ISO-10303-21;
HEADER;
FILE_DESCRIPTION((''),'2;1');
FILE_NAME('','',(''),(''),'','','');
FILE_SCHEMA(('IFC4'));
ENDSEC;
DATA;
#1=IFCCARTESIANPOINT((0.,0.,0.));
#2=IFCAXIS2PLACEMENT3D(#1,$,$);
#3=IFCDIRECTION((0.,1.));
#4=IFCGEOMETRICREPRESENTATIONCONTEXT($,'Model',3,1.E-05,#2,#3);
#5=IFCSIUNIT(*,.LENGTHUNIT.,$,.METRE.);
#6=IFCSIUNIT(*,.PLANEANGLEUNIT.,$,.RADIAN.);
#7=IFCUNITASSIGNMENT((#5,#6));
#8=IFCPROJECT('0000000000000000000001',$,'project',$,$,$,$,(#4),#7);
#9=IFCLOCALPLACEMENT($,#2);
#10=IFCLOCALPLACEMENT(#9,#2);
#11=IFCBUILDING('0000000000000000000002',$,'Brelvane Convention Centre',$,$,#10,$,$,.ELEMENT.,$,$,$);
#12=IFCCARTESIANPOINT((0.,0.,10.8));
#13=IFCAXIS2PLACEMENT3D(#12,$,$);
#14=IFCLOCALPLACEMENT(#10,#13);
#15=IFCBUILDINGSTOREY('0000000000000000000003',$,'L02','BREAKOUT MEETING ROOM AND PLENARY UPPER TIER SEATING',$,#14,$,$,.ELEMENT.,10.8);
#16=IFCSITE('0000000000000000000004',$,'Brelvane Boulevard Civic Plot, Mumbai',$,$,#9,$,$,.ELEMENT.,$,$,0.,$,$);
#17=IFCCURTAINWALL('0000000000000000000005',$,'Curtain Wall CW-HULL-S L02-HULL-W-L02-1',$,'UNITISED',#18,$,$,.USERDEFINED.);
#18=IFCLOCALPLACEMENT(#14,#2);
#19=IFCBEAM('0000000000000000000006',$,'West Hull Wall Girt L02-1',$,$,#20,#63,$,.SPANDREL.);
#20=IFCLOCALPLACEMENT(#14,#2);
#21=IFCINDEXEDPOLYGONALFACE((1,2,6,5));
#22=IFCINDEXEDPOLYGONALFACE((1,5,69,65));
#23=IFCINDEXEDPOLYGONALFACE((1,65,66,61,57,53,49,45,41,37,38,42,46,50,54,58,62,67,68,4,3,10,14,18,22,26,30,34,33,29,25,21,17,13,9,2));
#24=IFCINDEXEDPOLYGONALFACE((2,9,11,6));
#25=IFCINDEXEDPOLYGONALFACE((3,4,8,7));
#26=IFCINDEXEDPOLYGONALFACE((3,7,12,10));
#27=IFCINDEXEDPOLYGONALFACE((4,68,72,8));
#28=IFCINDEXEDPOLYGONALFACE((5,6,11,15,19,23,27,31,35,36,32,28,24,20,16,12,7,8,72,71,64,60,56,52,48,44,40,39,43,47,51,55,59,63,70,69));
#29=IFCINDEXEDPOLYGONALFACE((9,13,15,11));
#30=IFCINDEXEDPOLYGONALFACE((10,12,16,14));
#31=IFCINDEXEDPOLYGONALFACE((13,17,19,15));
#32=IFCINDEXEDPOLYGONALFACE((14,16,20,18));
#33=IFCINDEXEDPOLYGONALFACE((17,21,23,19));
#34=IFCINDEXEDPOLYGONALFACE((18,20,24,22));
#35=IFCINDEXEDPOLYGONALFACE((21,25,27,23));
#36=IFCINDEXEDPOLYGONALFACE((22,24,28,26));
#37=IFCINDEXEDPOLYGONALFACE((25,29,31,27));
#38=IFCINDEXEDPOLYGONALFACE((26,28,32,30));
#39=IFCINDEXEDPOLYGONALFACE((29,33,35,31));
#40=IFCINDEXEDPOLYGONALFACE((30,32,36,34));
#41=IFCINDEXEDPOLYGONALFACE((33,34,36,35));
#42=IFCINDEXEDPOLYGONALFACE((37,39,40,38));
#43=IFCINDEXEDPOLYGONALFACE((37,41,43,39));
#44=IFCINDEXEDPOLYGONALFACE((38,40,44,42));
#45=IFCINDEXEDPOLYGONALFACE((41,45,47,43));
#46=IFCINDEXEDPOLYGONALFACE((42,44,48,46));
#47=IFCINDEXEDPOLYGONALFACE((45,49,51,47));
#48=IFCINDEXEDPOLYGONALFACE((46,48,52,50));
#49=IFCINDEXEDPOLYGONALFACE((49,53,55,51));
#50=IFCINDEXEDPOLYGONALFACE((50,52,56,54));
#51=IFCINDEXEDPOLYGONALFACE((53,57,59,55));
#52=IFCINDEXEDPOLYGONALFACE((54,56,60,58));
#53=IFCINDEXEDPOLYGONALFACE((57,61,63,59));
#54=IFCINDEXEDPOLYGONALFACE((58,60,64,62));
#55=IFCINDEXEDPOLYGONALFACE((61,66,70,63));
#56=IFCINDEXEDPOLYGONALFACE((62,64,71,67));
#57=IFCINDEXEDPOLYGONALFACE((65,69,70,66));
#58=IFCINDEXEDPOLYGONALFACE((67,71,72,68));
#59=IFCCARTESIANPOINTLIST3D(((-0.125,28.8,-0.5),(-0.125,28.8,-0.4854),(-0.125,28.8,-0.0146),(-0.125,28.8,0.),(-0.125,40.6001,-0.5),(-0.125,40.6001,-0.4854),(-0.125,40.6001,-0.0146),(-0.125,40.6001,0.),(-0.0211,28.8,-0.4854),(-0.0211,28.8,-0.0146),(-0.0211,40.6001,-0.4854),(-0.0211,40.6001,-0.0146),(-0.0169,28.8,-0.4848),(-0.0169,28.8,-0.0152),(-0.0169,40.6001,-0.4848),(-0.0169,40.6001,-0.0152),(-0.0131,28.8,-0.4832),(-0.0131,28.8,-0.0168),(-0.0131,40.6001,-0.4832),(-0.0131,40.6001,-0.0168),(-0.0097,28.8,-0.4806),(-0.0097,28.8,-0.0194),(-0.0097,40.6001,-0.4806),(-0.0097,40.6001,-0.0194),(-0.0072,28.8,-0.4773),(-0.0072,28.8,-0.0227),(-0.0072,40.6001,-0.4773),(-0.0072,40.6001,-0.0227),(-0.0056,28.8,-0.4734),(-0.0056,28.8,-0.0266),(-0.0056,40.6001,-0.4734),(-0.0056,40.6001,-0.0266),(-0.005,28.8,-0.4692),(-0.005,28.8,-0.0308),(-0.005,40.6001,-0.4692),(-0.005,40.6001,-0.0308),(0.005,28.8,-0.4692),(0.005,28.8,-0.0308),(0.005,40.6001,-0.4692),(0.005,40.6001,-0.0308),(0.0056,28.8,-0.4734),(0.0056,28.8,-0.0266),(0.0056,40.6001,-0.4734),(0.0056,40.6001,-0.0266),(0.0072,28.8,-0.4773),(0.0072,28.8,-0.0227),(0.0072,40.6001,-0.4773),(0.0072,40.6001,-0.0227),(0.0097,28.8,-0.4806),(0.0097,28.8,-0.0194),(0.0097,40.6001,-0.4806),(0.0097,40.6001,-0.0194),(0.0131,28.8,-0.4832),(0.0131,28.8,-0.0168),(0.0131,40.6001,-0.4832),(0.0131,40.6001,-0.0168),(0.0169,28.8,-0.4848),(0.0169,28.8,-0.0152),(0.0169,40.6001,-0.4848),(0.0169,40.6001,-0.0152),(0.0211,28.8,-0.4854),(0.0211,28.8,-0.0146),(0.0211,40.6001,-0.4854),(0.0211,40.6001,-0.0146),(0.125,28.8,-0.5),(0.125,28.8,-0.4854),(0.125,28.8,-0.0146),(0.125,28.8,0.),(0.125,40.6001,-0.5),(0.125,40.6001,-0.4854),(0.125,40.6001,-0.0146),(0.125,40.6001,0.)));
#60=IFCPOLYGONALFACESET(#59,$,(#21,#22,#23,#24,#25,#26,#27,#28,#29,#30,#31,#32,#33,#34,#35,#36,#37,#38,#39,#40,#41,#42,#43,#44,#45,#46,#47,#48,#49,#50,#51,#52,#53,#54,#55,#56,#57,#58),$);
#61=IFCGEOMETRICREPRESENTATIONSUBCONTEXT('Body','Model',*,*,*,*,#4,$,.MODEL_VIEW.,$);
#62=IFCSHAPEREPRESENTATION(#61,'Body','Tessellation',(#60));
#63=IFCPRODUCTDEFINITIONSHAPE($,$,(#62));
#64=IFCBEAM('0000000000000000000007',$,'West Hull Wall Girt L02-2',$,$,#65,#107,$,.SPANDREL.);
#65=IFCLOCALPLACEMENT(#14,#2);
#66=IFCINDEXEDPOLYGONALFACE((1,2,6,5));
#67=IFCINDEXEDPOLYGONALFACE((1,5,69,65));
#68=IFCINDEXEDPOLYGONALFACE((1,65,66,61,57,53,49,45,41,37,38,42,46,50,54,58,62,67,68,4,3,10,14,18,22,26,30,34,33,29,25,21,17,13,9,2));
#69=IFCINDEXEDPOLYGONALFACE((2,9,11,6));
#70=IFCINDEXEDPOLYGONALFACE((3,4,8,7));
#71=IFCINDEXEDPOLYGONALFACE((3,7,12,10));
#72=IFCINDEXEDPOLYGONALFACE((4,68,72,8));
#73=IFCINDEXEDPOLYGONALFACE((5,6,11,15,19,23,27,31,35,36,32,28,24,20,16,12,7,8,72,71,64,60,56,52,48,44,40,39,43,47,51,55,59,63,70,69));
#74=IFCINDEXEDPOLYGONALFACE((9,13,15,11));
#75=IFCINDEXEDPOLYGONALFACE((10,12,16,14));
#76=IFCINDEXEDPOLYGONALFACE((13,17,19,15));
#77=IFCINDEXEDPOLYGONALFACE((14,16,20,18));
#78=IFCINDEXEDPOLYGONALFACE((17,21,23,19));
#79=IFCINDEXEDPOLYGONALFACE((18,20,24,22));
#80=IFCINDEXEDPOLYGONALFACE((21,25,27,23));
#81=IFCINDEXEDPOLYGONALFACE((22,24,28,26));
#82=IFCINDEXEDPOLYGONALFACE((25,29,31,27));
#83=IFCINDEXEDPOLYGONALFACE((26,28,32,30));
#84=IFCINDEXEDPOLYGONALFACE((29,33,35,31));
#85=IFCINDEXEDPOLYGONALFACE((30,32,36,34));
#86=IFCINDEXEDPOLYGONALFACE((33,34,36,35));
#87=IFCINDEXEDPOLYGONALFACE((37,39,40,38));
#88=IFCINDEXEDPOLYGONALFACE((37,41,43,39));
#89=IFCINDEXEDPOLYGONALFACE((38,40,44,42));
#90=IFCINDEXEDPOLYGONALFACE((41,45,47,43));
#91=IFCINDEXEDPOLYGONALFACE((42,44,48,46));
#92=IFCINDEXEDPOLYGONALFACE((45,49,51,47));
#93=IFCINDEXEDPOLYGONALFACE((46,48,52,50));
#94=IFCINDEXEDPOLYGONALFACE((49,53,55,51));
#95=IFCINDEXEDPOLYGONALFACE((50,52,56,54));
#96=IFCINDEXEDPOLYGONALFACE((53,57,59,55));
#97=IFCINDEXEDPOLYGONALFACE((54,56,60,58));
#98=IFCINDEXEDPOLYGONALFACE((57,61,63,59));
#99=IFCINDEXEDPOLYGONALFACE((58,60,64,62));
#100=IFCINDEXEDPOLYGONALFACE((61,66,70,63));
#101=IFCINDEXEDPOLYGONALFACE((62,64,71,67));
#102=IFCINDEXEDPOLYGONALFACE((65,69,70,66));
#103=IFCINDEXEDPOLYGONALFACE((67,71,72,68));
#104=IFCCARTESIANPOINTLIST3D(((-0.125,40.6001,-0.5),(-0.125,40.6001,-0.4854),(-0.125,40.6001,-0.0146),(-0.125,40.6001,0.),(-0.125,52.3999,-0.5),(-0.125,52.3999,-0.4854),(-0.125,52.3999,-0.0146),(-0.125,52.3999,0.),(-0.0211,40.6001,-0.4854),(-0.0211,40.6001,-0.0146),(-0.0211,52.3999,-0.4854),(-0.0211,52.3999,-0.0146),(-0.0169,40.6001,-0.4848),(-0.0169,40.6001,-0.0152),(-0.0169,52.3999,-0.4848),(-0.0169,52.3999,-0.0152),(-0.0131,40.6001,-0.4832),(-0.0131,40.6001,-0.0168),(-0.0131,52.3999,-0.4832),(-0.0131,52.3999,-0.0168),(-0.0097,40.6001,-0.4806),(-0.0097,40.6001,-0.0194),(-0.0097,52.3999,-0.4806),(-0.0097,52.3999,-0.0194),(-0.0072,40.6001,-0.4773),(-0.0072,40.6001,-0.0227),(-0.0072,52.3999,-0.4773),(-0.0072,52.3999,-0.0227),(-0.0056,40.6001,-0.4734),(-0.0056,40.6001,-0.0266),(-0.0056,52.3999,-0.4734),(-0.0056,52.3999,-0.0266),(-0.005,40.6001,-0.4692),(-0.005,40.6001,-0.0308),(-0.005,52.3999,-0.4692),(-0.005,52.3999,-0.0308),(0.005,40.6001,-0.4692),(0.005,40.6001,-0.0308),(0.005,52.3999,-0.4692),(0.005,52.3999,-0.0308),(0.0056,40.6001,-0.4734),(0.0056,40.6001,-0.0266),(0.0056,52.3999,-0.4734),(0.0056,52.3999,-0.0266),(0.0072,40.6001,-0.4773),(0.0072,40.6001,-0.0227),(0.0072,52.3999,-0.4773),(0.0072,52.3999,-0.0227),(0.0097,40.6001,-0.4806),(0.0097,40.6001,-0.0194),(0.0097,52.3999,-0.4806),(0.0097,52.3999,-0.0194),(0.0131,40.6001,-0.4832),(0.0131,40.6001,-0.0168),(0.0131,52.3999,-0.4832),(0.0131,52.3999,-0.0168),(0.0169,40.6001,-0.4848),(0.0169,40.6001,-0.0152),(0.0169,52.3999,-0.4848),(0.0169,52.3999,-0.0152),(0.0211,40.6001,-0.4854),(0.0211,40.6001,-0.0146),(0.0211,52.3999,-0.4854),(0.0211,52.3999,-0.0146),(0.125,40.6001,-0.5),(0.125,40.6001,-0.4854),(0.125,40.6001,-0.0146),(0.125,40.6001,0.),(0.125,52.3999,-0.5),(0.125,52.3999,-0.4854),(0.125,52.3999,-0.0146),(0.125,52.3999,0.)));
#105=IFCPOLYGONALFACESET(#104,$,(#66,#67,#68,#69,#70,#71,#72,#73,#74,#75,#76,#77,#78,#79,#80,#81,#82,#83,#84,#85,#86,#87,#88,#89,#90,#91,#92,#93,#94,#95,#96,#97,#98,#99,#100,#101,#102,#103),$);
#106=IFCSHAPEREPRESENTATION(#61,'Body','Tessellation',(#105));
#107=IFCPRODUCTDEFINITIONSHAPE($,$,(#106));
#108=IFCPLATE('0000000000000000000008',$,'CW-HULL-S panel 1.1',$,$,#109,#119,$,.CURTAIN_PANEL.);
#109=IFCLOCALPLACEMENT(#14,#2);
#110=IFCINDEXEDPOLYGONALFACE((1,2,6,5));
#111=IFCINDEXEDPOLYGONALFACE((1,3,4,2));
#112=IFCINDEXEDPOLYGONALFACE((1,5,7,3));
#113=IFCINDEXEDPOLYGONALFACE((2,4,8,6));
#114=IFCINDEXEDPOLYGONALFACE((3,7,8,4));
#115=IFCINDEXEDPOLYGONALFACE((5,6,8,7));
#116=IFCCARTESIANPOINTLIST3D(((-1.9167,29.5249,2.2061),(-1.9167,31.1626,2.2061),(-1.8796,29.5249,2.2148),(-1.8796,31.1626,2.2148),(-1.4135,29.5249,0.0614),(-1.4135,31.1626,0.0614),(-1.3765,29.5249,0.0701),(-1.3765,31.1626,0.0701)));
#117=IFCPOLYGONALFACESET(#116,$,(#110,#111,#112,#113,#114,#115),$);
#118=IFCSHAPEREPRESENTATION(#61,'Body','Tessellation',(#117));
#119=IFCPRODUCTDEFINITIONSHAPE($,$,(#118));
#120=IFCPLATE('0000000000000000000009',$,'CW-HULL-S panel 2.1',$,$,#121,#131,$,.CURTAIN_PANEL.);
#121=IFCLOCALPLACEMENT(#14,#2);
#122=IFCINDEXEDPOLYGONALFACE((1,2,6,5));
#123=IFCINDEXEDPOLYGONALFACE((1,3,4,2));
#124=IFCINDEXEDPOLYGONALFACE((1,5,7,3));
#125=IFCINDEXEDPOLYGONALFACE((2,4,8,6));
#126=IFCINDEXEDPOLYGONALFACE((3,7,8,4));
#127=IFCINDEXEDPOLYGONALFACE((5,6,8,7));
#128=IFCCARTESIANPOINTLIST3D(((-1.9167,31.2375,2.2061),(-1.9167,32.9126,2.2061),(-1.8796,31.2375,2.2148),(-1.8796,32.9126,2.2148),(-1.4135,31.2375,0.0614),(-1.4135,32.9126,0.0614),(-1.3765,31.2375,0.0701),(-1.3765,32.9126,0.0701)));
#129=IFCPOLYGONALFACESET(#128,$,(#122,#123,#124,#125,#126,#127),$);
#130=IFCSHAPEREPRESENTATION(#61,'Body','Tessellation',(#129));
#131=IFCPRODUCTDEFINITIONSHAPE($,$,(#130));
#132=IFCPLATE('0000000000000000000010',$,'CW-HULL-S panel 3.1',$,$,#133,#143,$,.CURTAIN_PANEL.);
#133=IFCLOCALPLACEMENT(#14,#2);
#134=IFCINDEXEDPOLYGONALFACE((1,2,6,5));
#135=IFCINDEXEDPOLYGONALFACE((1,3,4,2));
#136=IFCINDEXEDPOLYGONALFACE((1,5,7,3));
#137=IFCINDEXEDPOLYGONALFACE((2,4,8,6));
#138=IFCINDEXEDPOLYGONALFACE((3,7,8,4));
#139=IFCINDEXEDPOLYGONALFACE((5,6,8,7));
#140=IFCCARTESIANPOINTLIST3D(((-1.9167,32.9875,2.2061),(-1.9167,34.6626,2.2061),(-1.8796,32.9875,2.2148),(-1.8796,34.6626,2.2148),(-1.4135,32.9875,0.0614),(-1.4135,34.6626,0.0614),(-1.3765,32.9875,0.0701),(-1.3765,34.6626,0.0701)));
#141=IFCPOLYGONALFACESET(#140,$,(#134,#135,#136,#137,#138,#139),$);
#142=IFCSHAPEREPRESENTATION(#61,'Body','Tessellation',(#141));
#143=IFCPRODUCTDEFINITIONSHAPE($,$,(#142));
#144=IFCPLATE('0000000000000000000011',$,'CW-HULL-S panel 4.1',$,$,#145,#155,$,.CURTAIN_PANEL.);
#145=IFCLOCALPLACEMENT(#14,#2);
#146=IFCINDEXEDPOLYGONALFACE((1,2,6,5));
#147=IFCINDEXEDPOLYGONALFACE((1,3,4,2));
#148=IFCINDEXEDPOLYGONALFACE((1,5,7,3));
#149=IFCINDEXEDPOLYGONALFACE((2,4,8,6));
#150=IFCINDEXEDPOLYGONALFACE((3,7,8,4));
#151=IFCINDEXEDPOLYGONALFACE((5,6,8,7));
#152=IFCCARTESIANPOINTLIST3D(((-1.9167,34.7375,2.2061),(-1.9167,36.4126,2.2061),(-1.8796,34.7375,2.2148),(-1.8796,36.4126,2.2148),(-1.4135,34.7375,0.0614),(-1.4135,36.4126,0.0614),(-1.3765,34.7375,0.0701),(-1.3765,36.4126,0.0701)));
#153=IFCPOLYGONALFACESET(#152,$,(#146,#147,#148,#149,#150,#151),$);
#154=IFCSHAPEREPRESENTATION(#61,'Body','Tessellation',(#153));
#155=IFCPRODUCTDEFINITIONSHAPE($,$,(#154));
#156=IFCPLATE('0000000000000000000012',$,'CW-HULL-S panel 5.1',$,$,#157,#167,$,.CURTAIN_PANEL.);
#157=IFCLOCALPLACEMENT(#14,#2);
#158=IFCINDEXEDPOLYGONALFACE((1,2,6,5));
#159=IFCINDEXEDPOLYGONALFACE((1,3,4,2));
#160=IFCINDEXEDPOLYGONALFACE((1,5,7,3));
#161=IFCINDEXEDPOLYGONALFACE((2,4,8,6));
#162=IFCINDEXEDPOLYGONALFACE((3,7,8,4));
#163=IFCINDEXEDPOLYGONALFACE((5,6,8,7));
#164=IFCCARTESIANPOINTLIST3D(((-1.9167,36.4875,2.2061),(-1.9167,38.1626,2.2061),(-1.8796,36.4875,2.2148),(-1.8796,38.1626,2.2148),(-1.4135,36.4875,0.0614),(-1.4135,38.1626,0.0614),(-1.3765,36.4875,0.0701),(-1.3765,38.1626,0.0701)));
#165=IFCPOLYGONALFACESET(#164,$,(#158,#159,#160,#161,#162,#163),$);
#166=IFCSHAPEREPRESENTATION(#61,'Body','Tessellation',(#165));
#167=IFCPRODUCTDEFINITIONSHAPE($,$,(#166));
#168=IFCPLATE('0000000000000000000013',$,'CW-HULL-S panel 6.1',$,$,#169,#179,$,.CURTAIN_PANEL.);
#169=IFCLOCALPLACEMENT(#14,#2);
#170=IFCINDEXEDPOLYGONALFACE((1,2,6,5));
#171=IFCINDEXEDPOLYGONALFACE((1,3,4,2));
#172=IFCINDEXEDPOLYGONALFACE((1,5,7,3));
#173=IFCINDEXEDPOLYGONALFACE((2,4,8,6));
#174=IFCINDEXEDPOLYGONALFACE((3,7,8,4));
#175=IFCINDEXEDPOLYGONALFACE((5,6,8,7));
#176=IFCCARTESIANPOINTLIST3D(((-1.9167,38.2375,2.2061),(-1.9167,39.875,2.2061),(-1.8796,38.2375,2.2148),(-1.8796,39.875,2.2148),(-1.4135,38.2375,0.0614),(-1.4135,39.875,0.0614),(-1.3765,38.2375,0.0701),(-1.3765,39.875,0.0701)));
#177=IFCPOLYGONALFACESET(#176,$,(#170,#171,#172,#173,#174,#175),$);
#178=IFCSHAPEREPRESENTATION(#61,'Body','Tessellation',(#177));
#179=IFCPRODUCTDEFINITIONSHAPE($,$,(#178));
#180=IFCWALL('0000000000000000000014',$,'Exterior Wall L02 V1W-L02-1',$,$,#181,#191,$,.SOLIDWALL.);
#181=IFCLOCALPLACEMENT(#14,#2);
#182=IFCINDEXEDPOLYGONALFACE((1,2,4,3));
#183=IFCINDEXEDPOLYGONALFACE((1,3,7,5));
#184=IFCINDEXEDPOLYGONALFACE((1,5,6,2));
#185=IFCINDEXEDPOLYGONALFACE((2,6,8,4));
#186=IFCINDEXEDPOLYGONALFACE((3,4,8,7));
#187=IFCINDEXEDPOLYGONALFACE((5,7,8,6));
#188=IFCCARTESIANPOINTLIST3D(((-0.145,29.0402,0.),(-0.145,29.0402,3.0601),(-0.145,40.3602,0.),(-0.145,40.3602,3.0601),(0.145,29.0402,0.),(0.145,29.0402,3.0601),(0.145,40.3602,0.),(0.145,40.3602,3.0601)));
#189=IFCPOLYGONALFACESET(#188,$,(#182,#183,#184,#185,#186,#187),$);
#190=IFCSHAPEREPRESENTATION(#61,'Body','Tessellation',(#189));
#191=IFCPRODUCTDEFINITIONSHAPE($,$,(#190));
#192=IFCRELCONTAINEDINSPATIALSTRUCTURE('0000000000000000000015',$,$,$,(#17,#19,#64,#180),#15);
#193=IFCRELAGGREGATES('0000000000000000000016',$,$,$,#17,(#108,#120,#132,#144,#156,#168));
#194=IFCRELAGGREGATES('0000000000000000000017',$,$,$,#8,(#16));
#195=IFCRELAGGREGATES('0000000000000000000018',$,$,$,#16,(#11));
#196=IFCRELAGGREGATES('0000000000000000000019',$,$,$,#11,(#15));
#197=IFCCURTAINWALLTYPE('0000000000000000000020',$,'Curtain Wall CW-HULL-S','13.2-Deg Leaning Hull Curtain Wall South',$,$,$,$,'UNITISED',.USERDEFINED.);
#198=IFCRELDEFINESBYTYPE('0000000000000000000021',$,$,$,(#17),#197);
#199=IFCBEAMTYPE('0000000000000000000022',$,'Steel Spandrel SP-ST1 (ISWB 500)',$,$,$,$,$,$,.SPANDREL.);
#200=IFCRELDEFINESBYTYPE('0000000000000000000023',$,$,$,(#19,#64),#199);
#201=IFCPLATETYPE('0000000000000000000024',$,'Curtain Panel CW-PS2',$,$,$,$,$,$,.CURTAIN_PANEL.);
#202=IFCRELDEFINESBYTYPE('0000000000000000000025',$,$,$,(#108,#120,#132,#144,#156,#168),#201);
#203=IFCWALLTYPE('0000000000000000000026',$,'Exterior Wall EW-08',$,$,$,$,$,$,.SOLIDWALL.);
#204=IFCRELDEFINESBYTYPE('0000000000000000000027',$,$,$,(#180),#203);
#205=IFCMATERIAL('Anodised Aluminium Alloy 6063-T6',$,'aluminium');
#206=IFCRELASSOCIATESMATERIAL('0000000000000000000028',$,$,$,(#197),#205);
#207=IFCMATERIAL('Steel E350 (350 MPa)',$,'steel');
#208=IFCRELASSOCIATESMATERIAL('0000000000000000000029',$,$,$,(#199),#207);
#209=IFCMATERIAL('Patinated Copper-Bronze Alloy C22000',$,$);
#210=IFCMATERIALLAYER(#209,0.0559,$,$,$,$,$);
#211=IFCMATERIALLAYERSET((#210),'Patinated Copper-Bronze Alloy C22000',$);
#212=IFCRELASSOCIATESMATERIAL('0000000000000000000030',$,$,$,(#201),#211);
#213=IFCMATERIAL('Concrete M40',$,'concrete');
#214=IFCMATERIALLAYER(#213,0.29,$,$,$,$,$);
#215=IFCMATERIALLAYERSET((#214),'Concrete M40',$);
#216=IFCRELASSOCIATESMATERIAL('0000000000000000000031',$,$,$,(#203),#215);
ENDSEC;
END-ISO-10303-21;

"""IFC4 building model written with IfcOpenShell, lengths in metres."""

from ifc_helpers import new_model, si_unit, direction, frame, frame_2d, origin, origin_2d, place, context, subcontext, project, spatial, polyline, rectangle, i_section, outline, extrude, material, layer, layer_set, material_profile, profile_set, type_object, element, aggregate, save


model = new_model("IFC4")

# Units and contexts
model_context = context("Model", 3, precision=1e-05, world=origin(), true_north=direction((0.0, 1.0)))
body_context = subcontext(model_context, "Body", "Model", "MODEL_VIEW")
ifc_project = project(units=[si_unit("LENGTHUNIT", "METRE"), si_unit("PLANEANGLEUNIT", "RADIAN")], contexts=[model_context])

# Site, building, storey
site_placement = place(None, origin())
site = spatial("IfcSite", under=ifc_project, at=site_placement, Name="Brelvane Boulevard Civic Plot, Mumbai", CompositionType="ELEMENT", RefElevation=0.0)
building_placement = place(site_placement, origin())
building = spatial("IfcBuilding", under=site, at=building_placement, Name="Brelvane Convention Centre", CompositionType="ELEMENT")
storey_placement = place(building_placement, frame((0.0, 0.0, 10.8)))
storey = spatial("IfcBuildingStorey", under=building, at=storey_placement, Name="L02", Description="BREAKOUT MEETING ROOM AND PLENARY UPPER TIER SEATING", CompositionType="ELEMENT", Elevation=10.8)

# Curtain wall
ifc_material_1 = material(Name="Anodised Aluminium Alloy 6063-T6", Category="aluminium")
curtain_wall_type = type_object("IfcCurtainWallType", Name="Curtain Wall CW-HULL-S", Description="13.2-Deg Leaning Hull Curtain Wall South", ElementType="UNITISED", PredefinedType="USERDEFINED", material=ifc_material_1)
curtain_wall_1_placement = place(storey_placement, origin())
curtain_wall_1 = element("IfcCurtainWall", 1, at=curtain_wall_1_placement, inside=storey, type_object=curtain_wall_type, Name="Curtain Wall CW-HULL-S L02-HULL-W-L02-1", ObjectType="UNITISED", PredefinedType="USERDEFINED")

# Beams
ifc_material_2 = material(Name="Steel E350 (350 MPa)", Category="steel")
ifc_material_profile_1 = material_profile(ifc_material_2, i_section(OverallWidth=0.25, OverallDepth=0.5, WebThickness=0.01, FlangeThickness=0.0146, FilletRadius=0.0161, at=origin_2d()), Name="ISWB 500")
ifc_profile_set_1 = profile_set([ifc_material_profile_1], Name="Steel E350 (350 MPa)")
beam_type_1 = type_object("IfcBeamType", Name="Steel Spandrel SP-ST1 (ISWB 500)", PredefinedType="SPANDREL", material=ifc_profile_set_1)
beam_1_placement = place(storey_placement, frame((0.0, 28.8, -0.25), z_axis=(0.0, 1.0, 0.0), x_axis=(-1.0, 0.0, 0.0)))
element("IfcBeam", 2, at=beam_1_placement, inside=storey, type_object=beam_type_1, Name="West Hull Wall Girt L02-1", PredefinedType="SPANDREL", context=body_context, shape_type="SweptSolid", body=[
    extrude(i_section(OverallWidth=0.25, OverallDepth=0.5, WebThickness=0.01, FlangeThickness=0.0146, FilletRadius=0.0161, at=origin_2d()), origin(), (0.0, 0.0, 1.0), 11.8),
])
beam_2_placement = place(storey_placement, frame((0.0, 40.6001, -0.25), z_axis=(0.0, 1.0, 0.0), x_axis=(-1.0, 0.0, 0.0)))
element("IfcBeam", 3, at=beam_2_placement, inside=storey, type_object=beam_type_1, Name="West Hull Wall Girt L02-2", PredefinedType="SPANDREL", context=body_context, shape_type="SweptSolid", body=[
    extrude(i_section(OverallWidth=0.25, OverallDepth=0.5, WebThickness=0.01, FlangeThickness=0.0146, FilletRadius=0.0161, at=origin_2d()), origin(), (0.0, 0.0, 1.0), 11.7998),
])

# Plates
ifc_material_3 = material(Name="Patinated Copper-Bronze Alloy C22000")
ifc_layer_1 = layer(ifc_material_3, 0.0559)
ifc_layer_set_1 = layer_set([ifc_layer_1], Name="Patinated Copper-Bronze Alloy C22000")
plate_type = type_object("IfcPlateType", Name="Curtain Panel CW-PS2", PredefinedType="CURTAIN_PANEL", material=ifc_layer_set_1)
plate_1_placement = place(storey_placement, frame((-1.3765, 29.5249, 0.0701), z_axis=(0.973567, 0.0, 0.228403), x_axis=(0.0, 1.0, 0.0)))
plate_1 = element("IfcPlate", 4, at=plate_1_placement, type_object=plate_type, Name="CW-HULL-S panel 1.1", PredefinedType="CURTAIN_PANEL", context=body_context, shape_type="SweptSolid", body=[
    extrude(outline(polyline([(0.0, 0.0), (1.6377, 0.0), (1.6377, 2.203), (0.0, 2.203), (0.0, 0.0)])), origin(), (0.0, 0.0, -1.0), 0.0381),
])
plate_2_placement = place(storey_placement, frame((-1.3765, 31.2375, 0.0701), z_axis=(0.973567, 0.0, 0.228403), x_axis=(0.0, 1.0, 0.0)))
plate_2 = element("IfcPlate", 5, at=plate_2_placement, type_object=plate_type, Name="CW-HULL-S panel 2.1", PredefinedType="CURTAIN_PANEL", context=body_context, shape_type="SweptSolid", body=[
    extrude(outline(polyline([(0.0, 0.0), (1.675, 0.0), (1.675, 2.203), (0.0, 2.203), (0.0, 0.0)])), origin(), (0.0, 0.0, -1.0), 0.0381),
])
plate_3_placement = place(storey_placement, frame((-1.3765, 32.9875, 0.0701), z_axis=(0.973567, 0.0, 0.228403), x_axis=(0.0, 1.0, 0.0)))
plate_3 = element("IfcPlate", 6, at=plate_3_placement, type_object=plate_type, Name="CW-HULL-S panel 3.1", PredefinedType="CURTAIN_PANEL", context=body_context, shape_type="SweptSolid", body=[
    extrude(outline(polyline([(0.0, 0.0), (1.675, 0.0), (1.675, 2.203), (0.0, 2.203), (0.0, 0.0)])), origin(), (0.0, 0.0, -1.0), 0.0381),
])
plate_4_placement = place(storey_placement, frame((-1.3765, 34.7375, 0.0701), z_axis=(0.973567, 0.0, 0.228403), x_axis=(0.0, 1.0, 0.0)))
plate_4 = element("IfcPlate", 7, at=plate_4_placement, type_object=plate_type, Name="CW-HULL-S panel 4.1", PredefinedType="CURTAIN_PANEL", context=body_context, shape_type="SweptSolid", body=[
    extrude(outline(polyline([(0.0, 0.0), (1.675, 0.0), (1.675, 2.203), (0.0, 2.203), (0.0, 0.0)])), origin(), (0.0, 0.0, -1.0), 0.0381),
])
plate_5_placement = place(storey_placement, frame((-1.3765, 36.4875, 0.0701), z_axis=(0.973567, 0.0, 0.228403), x_axis=(0.0, 1.0, 0.0)))
plate_5 = element("IfcPlate", 8, at=plate_5_placement, type_object=plate_type, Name="CW-HULL-S panel 5.1", PredefinedType="CURTAIN_PANEL", context=body_context, shape_type="SweptSolid", body=[
    extrude(outline(polyline([(0.0, 0.0), (1.675, 0.0), (1.675, 2.203), (0.0, 2.203), (0.0, 0.0)])), origin(), (0.0, 0.0, -1.0), 0.0381),
])
plate_6_placement = place(storey_placement, frame((-1.3765, 38.2375, 0.0701), z_axis=(0.973567, 0.0, 0.228403), x_axis=(0.0, 1.0, 0.0)))
plate_6 = element("IfcPlate", 9, at=plate_6_placement, type_object=plate_type, Name="CW-HULL-S panel 6.1", PredefinedType="CURTAIN_PANEL", context=body_context, shape_type="SweptSolid", body=[
    extrude(outline(polyline([(0.0, 0.0), (1.6375, 0.0), (1.6375, 2.203), (0.0, 2.203), (0.0, 0.0)])), origin(), (0.0, 0.0, -1.0), 0.0381),
])
aggregate(curtain_wall_1, [plate_1, plate_2, plate_3, plate_4, plate_5, plate_6])

# Wall
ifc_material_4 = material(Name="Concrete M40", Category="concrete")
ifc_layer_2 = layer(ifc_material_4, 0.29)
ifc_layer_set_2 = layer_set([ifc_layer_2], Name="Concrete M40")
wall_type_1 = type_object("IfcWallType", Name="Exterior Wall EW-08", PredefinedType="SOLIDWALL", material=ifc_layer_set_2)
wall_1_placement = place(storey_placement, frame((0.0, 29.04, 0.0), z_axis=(0.0, 0.0, 1.0), x_axis=(0.0, 1.0, 0.0)))
element("IfcWall", 10, at=wall_1_placement, inside=storey, type_object=wall_type_1, Name="Exterior Wall L02 V1W-L02-1", PredefinedType="SOLIDWALL", context=body_context, shape_type="SweptSolid", body=[
    extrude(rectangle(XDim=11.3201, YDim=0.29, at=frame_2d((5.6602, 0.0))), origin(), (0.0, 0.0, 1.0), 3.0601),
])

save(model, "model.ifc")
